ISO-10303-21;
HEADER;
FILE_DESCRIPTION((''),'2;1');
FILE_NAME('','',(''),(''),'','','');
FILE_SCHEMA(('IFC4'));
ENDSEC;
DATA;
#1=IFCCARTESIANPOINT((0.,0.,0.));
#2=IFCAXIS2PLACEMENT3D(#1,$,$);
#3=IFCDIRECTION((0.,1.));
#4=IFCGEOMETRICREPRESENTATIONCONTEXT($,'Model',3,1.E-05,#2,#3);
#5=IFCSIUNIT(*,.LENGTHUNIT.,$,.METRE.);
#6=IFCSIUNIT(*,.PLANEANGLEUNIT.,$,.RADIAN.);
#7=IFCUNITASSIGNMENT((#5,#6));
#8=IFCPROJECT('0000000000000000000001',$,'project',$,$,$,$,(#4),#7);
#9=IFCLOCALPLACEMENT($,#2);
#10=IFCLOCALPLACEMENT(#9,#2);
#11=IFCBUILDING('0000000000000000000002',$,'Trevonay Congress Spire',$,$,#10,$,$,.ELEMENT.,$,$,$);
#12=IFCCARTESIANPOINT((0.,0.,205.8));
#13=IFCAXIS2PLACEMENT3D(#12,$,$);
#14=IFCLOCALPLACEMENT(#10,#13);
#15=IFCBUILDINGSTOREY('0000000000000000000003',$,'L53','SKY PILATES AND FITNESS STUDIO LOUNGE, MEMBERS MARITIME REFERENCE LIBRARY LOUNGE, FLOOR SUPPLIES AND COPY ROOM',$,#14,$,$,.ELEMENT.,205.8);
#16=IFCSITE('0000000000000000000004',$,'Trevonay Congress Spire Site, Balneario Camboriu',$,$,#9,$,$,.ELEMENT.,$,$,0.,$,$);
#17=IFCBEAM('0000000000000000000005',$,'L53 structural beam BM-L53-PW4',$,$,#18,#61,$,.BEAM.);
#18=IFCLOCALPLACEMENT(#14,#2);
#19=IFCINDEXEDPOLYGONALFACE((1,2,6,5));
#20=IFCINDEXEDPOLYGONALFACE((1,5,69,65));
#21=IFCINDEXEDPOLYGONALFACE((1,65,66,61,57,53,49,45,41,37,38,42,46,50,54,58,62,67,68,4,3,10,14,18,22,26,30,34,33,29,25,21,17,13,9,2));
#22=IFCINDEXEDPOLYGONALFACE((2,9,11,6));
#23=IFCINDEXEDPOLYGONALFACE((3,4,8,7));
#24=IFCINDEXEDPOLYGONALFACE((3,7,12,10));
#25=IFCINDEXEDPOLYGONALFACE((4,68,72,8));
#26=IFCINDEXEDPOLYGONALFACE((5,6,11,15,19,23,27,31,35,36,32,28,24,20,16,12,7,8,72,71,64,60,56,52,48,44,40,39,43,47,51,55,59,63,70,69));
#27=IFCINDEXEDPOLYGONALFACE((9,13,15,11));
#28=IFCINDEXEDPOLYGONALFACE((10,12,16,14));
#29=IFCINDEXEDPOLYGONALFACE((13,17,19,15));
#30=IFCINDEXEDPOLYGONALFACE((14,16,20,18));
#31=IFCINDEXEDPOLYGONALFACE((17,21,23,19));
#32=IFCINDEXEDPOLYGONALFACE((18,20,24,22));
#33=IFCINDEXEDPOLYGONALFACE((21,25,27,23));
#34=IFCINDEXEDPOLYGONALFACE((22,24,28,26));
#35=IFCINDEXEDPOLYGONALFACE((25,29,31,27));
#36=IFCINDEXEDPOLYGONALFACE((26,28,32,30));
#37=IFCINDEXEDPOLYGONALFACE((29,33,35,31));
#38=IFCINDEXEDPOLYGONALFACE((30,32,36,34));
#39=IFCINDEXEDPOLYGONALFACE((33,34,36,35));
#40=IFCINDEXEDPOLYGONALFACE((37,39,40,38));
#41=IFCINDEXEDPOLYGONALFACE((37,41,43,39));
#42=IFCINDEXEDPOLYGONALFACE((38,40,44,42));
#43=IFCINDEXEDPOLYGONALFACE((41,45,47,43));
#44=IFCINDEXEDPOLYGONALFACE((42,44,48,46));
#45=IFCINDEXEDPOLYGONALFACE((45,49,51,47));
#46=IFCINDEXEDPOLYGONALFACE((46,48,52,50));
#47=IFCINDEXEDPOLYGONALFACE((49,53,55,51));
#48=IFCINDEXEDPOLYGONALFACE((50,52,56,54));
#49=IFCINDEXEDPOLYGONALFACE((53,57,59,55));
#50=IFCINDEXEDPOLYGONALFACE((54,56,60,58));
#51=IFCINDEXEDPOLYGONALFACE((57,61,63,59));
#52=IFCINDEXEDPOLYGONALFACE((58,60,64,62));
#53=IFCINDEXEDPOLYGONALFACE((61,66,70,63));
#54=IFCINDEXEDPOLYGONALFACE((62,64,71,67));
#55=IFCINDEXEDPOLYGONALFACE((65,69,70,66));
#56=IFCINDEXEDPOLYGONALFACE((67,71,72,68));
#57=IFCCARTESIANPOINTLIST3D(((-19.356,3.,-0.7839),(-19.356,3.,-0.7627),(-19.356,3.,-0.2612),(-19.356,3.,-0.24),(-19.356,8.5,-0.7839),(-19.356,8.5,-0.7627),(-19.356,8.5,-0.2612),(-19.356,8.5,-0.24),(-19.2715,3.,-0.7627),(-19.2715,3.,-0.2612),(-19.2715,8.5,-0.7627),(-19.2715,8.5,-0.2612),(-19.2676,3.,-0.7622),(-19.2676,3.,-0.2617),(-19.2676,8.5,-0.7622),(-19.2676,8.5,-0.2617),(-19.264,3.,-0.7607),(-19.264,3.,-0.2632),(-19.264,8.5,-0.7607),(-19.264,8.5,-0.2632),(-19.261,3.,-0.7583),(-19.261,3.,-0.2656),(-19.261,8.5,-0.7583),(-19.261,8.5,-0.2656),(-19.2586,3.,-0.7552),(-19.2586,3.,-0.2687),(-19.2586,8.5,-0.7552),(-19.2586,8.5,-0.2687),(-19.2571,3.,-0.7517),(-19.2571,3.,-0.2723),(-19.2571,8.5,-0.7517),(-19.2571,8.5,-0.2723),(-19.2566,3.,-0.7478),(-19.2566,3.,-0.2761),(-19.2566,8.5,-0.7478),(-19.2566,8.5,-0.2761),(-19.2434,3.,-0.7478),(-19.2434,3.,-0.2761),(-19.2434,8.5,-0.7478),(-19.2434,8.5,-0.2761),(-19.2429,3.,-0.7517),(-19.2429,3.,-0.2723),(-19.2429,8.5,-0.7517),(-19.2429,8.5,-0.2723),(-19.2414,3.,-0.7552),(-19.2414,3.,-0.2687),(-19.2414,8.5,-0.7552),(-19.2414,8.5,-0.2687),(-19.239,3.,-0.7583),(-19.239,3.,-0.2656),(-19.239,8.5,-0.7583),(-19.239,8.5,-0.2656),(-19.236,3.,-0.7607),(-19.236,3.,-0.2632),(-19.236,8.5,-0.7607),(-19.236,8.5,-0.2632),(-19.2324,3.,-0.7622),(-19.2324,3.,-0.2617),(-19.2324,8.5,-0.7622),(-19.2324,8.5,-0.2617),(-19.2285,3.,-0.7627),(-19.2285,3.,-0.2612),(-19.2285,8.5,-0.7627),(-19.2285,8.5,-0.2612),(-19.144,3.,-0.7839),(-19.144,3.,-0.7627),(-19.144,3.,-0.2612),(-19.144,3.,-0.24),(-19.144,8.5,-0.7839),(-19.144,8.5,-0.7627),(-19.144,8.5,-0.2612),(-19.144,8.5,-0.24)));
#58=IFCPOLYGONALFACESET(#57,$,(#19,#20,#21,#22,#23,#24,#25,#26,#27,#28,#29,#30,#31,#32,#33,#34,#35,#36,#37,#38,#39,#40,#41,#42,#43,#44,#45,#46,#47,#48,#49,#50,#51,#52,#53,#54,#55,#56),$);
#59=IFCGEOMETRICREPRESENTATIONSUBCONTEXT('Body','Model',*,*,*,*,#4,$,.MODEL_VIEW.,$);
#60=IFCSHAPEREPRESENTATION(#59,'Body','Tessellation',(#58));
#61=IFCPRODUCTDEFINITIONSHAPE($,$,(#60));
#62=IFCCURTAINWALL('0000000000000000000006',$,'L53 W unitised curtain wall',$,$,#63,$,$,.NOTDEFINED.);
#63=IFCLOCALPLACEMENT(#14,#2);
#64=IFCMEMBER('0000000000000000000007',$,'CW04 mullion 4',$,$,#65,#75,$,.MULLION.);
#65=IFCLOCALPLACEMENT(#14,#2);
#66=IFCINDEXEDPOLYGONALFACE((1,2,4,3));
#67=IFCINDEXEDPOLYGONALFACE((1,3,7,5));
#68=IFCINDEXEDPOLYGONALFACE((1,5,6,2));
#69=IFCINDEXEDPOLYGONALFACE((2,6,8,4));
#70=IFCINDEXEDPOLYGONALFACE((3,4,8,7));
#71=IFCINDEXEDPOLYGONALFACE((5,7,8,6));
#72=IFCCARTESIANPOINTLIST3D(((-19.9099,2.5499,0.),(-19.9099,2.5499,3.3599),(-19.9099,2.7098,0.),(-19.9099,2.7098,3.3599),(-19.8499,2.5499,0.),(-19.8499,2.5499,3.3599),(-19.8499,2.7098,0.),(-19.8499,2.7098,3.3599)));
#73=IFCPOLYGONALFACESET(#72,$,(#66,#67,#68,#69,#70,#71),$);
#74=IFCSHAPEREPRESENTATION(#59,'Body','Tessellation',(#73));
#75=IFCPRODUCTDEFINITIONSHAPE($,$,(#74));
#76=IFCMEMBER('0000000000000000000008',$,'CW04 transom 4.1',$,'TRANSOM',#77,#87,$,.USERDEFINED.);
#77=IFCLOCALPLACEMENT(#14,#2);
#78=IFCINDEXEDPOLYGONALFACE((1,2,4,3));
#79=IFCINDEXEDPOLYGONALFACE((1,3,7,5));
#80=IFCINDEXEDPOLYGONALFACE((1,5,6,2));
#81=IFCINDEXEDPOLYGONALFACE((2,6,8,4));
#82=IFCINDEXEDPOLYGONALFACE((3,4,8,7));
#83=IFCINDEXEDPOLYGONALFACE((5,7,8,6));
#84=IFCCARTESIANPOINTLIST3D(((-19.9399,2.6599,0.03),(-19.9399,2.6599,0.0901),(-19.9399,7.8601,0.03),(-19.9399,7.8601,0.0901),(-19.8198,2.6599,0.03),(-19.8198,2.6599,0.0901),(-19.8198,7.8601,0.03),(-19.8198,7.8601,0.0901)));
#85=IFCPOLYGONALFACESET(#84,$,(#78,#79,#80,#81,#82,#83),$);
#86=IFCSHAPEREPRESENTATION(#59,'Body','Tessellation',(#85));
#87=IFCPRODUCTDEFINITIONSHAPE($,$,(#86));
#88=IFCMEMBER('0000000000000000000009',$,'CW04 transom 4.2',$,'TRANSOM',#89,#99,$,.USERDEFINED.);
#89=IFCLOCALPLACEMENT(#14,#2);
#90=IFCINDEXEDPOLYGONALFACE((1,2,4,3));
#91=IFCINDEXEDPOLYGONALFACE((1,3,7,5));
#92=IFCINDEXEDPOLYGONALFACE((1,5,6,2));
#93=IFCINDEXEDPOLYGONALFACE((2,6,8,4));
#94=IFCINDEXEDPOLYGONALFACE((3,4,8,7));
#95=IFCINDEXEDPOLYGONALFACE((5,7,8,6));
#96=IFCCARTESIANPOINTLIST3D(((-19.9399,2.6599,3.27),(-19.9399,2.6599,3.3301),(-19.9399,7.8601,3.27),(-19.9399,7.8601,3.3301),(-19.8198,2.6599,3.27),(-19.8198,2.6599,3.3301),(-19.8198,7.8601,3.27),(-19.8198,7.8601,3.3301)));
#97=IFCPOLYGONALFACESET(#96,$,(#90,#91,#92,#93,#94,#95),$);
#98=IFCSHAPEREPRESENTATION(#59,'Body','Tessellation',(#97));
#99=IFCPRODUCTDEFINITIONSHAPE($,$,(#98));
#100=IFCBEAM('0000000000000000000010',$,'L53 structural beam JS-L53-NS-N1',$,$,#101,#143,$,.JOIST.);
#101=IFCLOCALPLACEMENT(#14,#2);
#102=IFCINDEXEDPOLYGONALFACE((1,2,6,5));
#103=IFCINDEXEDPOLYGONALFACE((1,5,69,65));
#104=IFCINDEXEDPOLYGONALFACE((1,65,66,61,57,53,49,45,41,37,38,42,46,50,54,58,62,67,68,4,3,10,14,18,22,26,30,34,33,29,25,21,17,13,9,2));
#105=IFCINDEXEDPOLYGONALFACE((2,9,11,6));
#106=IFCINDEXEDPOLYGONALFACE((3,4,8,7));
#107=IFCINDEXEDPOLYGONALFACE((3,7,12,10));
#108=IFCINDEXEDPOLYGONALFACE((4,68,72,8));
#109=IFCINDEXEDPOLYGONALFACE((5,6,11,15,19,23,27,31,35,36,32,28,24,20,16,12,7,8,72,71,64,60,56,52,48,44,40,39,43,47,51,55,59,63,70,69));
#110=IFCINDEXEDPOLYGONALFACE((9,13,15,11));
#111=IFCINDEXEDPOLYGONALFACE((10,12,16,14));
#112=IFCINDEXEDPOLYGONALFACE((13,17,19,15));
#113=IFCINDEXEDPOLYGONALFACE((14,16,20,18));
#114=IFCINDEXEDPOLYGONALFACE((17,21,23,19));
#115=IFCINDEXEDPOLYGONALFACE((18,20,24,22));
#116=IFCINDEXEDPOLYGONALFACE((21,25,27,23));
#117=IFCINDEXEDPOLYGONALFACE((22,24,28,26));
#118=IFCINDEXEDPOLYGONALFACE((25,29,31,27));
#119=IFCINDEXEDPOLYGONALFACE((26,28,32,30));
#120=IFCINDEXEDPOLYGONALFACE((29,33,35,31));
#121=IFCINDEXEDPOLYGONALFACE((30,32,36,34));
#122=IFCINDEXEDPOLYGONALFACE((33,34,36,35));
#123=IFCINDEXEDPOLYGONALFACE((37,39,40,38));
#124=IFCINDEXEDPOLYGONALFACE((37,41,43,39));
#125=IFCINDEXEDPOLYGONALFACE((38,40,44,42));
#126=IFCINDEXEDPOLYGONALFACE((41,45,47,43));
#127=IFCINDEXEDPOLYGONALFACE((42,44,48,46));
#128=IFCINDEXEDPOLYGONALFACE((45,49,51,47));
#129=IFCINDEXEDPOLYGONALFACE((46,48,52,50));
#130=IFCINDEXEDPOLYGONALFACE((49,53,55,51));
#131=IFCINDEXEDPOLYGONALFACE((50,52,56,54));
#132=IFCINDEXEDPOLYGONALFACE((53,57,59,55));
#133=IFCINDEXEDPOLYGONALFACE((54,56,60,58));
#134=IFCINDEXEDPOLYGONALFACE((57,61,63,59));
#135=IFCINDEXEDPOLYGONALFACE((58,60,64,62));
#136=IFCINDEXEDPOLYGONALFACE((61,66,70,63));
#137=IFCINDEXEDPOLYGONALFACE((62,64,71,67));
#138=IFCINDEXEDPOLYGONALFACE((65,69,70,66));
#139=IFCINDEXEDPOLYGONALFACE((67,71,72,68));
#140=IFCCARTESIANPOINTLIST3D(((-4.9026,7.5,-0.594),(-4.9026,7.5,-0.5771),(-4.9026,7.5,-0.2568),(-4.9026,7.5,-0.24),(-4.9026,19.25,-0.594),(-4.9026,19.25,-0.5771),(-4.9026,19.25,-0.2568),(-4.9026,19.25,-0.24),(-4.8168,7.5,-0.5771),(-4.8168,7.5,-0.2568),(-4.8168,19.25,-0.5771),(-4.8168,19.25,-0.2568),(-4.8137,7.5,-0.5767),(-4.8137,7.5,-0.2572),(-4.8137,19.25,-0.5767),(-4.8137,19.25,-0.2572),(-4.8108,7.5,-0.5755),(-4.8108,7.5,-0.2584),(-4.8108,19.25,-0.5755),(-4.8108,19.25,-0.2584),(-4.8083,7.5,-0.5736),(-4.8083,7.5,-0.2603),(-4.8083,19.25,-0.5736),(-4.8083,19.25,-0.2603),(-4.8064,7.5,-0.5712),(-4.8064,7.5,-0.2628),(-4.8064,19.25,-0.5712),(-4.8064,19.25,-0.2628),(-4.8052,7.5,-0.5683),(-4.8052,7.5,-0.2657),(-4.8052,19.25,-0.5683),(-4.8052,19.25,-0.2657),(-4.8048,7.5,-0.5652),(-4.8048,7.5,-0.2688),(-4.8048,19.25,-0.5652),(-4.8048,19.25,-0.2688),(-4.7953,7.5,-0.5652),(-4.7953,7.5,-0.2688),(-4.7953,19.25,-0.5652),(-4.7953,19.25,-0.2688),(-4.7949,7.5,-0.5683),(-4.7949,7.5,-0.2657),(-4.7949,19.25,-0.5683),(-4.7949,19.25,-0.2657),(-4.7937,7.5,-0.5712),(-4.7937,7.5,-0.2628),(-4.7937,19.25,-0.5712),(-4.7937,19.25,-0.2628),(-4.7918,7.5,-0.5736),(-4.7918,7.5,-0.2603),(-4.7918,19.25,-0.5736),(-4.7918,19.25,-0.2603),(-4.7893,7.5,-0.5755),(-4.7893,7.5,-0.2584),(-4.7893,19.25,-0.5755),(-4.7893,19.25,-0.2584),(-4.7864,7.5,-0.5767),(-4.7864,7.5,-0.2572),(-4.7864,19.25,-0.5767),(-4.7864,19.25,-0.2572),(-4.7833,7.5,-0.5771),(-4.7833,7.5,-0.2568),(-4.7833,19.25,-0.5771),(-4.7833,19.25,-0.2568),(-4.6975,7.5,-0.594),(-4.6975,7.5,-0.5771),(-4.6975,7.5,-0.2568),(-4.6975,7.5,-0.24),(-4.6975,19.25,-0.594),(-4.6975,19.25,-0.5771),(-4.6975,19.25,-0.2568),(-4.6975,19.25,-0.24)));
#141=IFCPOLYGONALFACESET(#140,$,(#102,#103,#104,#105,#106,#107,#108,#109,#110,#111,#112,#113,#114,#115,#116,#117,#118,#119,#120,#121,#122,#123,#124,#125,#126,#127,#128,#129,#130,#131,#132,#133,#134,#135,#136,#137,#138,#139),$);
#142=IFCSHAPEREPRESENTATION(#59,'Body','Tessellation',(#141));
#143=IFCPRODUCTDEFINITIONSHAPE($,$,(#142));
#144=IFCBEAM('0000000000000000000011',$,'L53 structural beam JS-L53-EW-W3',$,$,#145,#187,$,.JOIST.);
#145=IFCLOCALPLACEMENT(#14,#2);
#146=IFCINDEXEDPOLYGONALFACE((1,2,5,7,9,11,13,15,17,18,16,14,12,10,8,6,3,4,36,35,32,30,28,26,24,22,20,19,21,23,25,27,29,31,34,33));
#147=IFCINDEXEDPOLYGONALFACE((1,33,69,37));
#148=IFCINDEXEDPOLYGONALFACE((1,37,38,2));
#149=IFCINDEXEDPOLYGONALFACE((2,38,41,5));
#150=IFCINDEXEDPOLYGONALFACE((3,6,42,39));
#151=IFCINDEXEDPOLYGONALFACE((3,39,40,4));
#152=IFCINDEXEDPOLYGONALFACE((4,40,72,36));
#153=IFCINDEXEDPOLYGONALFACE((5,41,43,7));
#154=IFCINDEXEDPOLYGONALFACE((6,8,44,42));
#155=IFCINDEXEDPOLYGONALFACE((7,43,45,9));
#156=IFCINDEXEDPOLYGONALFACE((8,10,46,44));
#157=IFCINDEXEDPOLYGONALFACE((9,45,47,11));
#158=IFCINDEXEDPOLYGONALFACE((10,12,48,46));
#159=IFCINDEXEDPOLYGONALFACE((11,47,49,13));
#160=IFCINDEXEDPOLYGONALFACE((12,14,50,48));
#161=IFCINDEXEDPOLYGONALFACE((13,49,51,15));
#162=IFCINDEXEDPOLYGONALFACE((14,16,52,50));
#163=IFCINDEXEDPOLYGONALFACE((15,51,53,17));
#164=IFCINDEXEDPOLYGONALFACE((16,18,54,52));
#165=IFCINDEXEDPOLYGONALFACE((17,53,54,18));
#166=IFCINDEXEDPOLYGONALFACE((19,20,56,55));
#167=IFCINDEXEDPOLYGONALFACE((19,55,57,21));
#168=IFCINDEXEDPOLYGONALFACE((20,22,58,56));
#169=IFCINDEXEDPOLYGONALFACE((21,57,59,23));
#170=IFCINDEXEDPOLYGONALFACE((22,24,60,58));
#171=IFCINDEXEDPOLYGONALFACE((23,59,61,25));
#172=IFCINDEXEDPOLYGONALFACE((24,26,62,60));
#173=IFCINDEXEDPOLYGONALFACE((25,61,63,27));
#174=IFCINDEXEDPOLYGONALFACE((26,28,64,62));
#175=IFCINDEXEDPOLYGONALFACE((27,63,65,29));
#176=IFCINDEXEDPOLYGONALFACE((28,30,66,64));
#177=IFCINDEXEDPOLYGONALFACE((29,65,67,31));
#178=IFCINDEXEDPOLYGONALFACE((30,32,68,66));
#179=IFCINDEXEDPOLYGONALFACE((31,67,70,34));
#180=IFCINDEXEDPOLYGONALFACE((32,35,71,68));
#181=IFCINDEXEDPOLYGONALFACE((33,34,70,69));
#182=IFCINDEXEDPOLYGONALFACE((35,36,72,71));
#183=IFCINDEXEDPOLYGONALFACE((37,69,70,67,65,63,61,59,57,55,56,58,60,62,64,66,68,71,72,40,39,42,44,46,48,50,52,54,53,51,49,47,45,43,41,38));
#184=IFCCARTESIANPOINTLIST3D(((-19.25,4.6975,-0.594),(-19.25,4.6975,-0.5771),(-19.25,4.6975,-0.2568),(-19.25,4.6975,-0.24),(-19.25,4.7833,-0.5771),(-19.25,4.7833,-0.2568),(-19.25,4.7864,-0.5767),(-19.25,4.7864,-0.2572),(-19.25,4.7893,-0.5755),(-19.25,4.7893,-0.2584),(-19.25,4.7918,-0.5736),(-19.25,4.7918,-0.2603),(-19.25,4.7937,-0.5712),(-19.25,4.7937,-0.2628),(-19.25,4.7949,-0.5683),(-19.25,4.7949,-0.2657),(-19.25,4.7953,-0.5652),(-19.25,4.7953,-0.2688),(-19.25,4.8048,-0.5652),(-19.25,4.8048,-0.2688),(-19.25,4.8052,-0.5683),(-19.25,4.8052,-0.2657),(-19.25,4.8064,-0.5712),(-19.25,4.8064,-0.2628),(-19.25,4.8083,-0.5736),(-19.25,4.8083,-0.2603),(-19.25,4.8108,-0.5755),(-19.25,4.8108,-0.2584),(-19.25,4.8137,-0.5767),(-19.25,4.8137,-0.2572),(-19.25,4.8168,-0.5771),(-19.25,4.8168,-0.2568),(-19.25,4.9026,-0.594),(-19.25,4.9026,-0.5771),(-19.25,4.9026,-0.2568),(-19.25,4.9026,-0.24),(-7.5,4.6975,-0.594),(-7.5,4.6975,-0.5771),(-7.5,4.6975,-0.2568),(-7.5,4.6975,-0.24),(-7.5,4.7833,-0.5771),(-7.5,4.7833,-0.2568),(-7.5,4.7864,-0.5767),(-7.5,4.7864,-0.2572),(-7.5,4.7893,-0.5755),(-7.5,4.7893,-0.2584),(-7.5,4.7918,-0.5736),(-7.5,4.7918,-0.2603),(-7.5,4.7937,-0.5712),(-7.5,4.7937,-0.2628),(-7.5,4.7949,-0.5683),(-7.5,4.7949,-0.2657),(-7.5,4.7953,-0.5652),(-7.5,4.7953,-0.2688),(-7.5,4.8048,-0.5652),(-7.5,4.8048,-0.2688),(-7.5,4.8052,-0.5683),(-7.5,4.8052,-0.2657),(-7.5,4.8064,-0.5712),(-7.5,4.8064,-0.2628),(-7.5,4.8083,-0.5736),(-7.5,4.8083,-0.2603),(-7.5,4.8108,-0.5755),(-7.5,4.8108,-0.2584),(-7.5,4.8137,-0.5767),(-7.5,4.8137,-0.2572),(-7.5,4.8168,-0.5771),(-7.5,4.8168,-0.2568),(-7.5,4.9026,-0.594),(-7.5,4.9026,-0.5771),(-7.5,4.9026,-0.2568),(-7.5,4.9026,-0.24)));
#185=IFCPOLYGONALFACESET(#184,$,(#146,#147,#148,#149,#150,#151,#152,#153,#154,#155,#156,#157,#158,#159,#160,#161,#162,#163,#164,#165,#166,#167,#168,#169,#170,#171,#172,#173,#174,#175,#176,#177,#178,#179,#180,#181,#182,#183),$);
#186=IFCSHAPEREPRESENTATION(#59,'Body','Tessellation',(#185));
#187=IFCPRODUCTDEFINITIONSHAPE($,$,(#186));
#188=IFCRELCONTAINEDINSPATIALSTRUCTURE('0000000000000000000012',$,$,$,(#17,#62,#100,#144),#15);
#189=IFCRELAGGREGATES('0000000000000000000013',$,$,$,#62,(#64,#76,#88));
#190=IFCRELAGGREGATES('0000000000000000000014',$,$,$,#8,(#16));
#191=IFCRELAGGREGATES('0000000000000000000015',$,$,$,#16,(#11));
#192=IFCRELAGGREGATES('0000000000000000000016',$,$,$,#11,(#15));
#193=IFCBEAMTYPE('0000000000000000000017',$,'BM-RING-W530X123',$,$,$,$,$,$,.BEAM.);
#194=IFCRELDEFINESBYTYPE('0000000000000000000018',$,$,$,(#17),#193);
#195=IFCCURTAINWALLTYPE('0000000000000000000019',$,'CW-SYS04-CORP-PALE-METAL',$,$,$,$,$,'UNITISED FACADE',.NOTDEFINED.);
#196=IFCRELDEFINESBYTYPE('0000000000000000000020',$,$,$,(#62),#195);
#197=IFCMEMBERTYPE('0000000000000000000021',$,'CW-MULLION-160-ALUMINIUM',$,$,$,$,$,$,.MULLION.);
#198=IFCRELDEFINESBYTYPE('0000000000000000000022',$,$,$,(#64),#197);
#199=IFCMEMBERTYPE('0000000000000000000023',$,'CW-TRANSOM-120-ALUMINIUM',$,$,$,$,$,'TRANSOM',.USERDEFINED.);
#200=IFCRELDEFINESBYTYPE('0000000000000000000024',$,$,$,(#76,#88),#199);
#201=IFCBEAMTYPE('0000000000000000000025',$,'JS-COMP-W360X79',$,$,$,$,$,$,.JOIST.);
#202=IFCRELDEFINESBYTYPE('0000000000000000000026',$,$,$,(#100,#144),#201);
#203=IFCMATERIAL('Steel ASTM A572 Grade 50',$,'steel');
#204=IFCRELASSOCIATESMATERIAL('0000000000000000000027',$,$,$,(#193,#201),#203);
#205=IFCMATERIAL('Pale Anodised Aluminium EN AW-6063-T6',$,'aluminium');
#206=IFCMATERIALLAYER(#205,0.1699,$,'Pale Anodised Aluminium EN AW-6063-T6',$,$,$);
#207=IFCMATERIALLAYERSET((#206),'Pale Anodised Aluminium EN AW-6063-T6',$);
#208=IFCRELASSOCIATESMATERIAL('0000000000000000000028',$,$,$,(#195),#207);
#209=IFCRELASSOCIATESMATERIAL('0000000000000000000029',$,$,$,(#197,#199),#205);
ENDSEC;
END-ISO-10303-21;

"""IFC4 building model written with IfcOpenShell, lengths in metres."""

from ifc_helpers import new_model, si_unit, direction, frame, origin, origin_2d, place, context, subcontext, project, spatial, rectangle, i_section, extrude, material, layer, layer_set, material_profile, profile_set, type_object, element, aggregate, save


model = new_model("IFC4")

# Units and contexts
model_context = context("Model", 3, precision=1e-05, world=origin(), true_north=direction((0.0, 1.0)))
body_context = subcontext(model_context, "Body", "Model", "MODEL_VIEW")
ifc_project = project(units=[si_unit("LENGTHUNIT", "METRE"), si_unit("PLANEANGLEUNIT", "RADIAN")], contexts=[model_context])

# Site, building, storey
site_placement = place(None, origin())
site = spatial("IfcSite", under=ifc_project, at=site_placement, Name="Trevonay Congress Spire Site, Balneario Camboriu", CompositionType="ELEMENT", RefElevation=0.0)
building_placement = place(site_placement, origin())
building = spatial("IfcBuilding", under=site, at=building_placement, Name="Trevonay Congress Spire", CompositionType="ELEMENT")
storey_placement = place(building_placement, frame((0.0, 0.0, 205.8)))
storey = spatial("IfcBuildingStorey", under=building, at=storey_placement, Name="L53", Description="SKY PILATES AND FITNESS STUDIO LOUNGE, MEMBERS MARITIME REFERENCE LIBRARY LOUNGE, FLOOR SUPPLIES AND COPY ROOM", CompositionType="ELEMENT", Elevation=205.8)

# Shared definitions
ifc_material_1 = material(Name="Steel ASTM A572 Grade 50", Category="steel")

# Beam
ifc_material_profile_1 = material_profile(ifc_material_1, i_section(OverallWidth=0.2119, OverallDepth=0.5439, WebThickness=0.0132, FlangeThickness=0.0212, FilletRadius=0.0149, at=origin_2d()), Name="W530x123")
ifc_profile_set_1 = profile_set([ifc_material_profile_1], Name="Steel ASTM A572 Grade 50")
beam_type_1 = type_object("IfcBeamType", Name="BM-RING-W530X123", PredefinedType="BEAM", material=ifc_profile_set_1)
beam_1_placement = place(storey_placement, frame((-19.25, 3.0, -0.512), z_axis=(0.0, 1.0, 0.0), x_axis=(-1.0, 0.0, 0.0)))
element("IfcBeam", 1, at=beam_1_placement, inside=storey, type_object=beam_type_1, Name="L53 structural beam BM-L53-PW4", PredefinedType="BEAM", context=body_context, shape_type="SweptSolid", body=[
    extrude(i_section(OverallWidth=0.2119, OverallDepth=0.5439, WebThickness=0.0132, FlangeThickness=0.0212, FilletRadius=0.0149, at=origin_2d()), origin(), (0.0, 0.0, 1.0), 5.5),
])

# Curtain wall, members
ifc_material_2 = material(Name="Pale Anodised Aluminium EN AW-6063-T6", Category="aluminium")
ifc_layer_1 = layer(ifc_material_2, 0.1699, Name="Pale Anodised Aluminium EN AW-6063-T6")
ifc_layer_set_1 = layer_set([ifc_layer_1], Name="Pale Anodised Aluminium EN AW-6063-T6")
curtain_wall_type = type_object("IfcCurtainWallType", Name="CW-SYS04-CORP-PALE-METAL", ElementType="UNITISED FACADE", PredefinedType="NOTDEFINED", material=ifc_layer_set_1)
curtain_wall_placement = place(storey_placement, origin())
curtain_wall = element("IfcCurtainWall", 2, at=curtain_wall_placement, inside=storey, type_object=curtain_wall_type, Name="L53 W unitised curtain wall", PredefinedType="NOTDEFINED")
ifc_material_profile_2 = material_profile(ifc_material_2, rectangle(XDim=0.0601, YDim=0.1599, at=origin_2d()), Name="CW-MULLION-160-ALUMINIUM")
ifc_profile_set_2 = profile_set([ifc_material_profile_2], Name="Pale Anodised Aluminium EN AW-6063-T6")
member_type_1 = type_object("IfcMemberType", Name="CW-MULLION-160-ALUMINIUM", PredefinedType="MULLION", material=ifc_profile_set_2)
member_1_placement = place(storey_placement, frame((-19.8799, 2.6299, 0.0), z_axis=(0.0, 0.0, 1.0), x_axis=(-1.0, 0.0, 0.0)))
member_1 = element("IfcMember", 3, at=member_1_placement, type_object=member_type_1, Name="CW04 mullion 4", PredefinedType="MULLION", context=body_context, shape_type="SweptSolid", body=[
    extrude(rectangle(XDim=0.0601, YDim=0.1599, at=origin_2d()), origin(), (0.0, 0.0, 1.0), 3.3599),
])
ifc_material_profile_3 = material_profile(ifc_material_2, rectangle(XDim=0.1201, YDim=0.0601, at=origin_2d()), Name="CW-TRANSOM-120-ALUMINIUM")
ifc_profile_set_3 = profile_set([ifc_material_profile_3], Name="Pale Anodised Aluminium EN AW-6063-T6")
member_type_2 = type_object("IfcMemberType", Name="CW-TRANSOM-120-ALUMINIUM", ElementType="TRANSOM", PredefinedType="USERDEFINED", material=ifc_profile_set_3)
member_2_placement = place(storey_placement, frame((-19.8799, 2.6599, 0.0601), z_axis=(0.0, 1.0, 0.0), x_axis=(-1.0, 0.0, 0.0)))
member_2 = element("IfcMember", 4, at=member_2_placement, type_object=member_type_2, Name="CW04 transom 4.1", ObjectType="TRANSOM", PredefinedType="USERDEFINED", context=body_context, shape_type="SweptSolid", body=[
    extrude(rectangle(XDim=0.1201, YDim=0.0601, at=origin_2d()), origin(), (0.0, 0.0, 1.0), 5.2002),
])
member_3_placement = place(storey_placement, frame((-19.8799, 2.6599, 3.3), z_axis=(0.0, 1.0, 0.0), x_axis=(-1.0, 0.0, 0.0)))
member_3 = element("IfcMember", 5, at=member_3_placement, type_object=member_type_2, Name="CW04 transom 4.2", ObjectType="TRANSOM", PredefinedType="USERDEFINED", context=body_context, shape_type="SweptSolid", body=[
    extrude(rectangle(XDim=0.1201, YDim=0.0601, at=origin_2d()), origin(), (0.0, 0.0, 1.0), 5.2002),
])

# Beams
ifc_material_profile_4 = material_profile(ifc_material_1, i_section(OverallWidth=0.2051, OverallDepth=0.354, WebThickness=0.0095, FlangeThickness=0.0168, FilletRadius=0.012, at=origin_2d()), Name="W360x79")
ifc_profile_set_4 = profile_set([ifc_material_profile_4], Name="Steel ASTM A572 Grade 50")
beam_type_2 = type_object("IfcBeamType", Name="JS-COMP-W360X79", PredefinedType="JOIST", material=ifc_profile_set_4)
for number, where, z_axis, x_axis, name in (
    (6, (-4.8, 7.5, -0.417), (0.0, 1.0, 0.0), (-1.0, 0.0, 0.0), "L53 structural beam JS-L53-NS-N1"),
    (7, (-19.25, 4.8, -0.417), (1.0, 0.0, 0.0), (0.0, 1.0, 0.0), "L53 structural beam JS-L53-EW-W3"),
):
    element("IfcBeam", number, at=place(storey_placement, frame(where, z_axis=z_axis, x_axis=x_axis)), inside=storey, type_object=beam_type_2, Name=name, PredefinedType="JOIST", context=body_context, shape_type="SweptSolid", body=[
        extrude(i_section(OverallWidth=0.2051, OverallDepth=0.354, WebThickness=0.0095, FlangeThickness=0.0168, FilletRadius=0.012, at=origin_2d()), origin(), (0.0, 0.0, 1.0), 11.75),
    ])

aggregate(curtain_wall, [member_1, member_2, member_3])

save(model, "model.ifc")
